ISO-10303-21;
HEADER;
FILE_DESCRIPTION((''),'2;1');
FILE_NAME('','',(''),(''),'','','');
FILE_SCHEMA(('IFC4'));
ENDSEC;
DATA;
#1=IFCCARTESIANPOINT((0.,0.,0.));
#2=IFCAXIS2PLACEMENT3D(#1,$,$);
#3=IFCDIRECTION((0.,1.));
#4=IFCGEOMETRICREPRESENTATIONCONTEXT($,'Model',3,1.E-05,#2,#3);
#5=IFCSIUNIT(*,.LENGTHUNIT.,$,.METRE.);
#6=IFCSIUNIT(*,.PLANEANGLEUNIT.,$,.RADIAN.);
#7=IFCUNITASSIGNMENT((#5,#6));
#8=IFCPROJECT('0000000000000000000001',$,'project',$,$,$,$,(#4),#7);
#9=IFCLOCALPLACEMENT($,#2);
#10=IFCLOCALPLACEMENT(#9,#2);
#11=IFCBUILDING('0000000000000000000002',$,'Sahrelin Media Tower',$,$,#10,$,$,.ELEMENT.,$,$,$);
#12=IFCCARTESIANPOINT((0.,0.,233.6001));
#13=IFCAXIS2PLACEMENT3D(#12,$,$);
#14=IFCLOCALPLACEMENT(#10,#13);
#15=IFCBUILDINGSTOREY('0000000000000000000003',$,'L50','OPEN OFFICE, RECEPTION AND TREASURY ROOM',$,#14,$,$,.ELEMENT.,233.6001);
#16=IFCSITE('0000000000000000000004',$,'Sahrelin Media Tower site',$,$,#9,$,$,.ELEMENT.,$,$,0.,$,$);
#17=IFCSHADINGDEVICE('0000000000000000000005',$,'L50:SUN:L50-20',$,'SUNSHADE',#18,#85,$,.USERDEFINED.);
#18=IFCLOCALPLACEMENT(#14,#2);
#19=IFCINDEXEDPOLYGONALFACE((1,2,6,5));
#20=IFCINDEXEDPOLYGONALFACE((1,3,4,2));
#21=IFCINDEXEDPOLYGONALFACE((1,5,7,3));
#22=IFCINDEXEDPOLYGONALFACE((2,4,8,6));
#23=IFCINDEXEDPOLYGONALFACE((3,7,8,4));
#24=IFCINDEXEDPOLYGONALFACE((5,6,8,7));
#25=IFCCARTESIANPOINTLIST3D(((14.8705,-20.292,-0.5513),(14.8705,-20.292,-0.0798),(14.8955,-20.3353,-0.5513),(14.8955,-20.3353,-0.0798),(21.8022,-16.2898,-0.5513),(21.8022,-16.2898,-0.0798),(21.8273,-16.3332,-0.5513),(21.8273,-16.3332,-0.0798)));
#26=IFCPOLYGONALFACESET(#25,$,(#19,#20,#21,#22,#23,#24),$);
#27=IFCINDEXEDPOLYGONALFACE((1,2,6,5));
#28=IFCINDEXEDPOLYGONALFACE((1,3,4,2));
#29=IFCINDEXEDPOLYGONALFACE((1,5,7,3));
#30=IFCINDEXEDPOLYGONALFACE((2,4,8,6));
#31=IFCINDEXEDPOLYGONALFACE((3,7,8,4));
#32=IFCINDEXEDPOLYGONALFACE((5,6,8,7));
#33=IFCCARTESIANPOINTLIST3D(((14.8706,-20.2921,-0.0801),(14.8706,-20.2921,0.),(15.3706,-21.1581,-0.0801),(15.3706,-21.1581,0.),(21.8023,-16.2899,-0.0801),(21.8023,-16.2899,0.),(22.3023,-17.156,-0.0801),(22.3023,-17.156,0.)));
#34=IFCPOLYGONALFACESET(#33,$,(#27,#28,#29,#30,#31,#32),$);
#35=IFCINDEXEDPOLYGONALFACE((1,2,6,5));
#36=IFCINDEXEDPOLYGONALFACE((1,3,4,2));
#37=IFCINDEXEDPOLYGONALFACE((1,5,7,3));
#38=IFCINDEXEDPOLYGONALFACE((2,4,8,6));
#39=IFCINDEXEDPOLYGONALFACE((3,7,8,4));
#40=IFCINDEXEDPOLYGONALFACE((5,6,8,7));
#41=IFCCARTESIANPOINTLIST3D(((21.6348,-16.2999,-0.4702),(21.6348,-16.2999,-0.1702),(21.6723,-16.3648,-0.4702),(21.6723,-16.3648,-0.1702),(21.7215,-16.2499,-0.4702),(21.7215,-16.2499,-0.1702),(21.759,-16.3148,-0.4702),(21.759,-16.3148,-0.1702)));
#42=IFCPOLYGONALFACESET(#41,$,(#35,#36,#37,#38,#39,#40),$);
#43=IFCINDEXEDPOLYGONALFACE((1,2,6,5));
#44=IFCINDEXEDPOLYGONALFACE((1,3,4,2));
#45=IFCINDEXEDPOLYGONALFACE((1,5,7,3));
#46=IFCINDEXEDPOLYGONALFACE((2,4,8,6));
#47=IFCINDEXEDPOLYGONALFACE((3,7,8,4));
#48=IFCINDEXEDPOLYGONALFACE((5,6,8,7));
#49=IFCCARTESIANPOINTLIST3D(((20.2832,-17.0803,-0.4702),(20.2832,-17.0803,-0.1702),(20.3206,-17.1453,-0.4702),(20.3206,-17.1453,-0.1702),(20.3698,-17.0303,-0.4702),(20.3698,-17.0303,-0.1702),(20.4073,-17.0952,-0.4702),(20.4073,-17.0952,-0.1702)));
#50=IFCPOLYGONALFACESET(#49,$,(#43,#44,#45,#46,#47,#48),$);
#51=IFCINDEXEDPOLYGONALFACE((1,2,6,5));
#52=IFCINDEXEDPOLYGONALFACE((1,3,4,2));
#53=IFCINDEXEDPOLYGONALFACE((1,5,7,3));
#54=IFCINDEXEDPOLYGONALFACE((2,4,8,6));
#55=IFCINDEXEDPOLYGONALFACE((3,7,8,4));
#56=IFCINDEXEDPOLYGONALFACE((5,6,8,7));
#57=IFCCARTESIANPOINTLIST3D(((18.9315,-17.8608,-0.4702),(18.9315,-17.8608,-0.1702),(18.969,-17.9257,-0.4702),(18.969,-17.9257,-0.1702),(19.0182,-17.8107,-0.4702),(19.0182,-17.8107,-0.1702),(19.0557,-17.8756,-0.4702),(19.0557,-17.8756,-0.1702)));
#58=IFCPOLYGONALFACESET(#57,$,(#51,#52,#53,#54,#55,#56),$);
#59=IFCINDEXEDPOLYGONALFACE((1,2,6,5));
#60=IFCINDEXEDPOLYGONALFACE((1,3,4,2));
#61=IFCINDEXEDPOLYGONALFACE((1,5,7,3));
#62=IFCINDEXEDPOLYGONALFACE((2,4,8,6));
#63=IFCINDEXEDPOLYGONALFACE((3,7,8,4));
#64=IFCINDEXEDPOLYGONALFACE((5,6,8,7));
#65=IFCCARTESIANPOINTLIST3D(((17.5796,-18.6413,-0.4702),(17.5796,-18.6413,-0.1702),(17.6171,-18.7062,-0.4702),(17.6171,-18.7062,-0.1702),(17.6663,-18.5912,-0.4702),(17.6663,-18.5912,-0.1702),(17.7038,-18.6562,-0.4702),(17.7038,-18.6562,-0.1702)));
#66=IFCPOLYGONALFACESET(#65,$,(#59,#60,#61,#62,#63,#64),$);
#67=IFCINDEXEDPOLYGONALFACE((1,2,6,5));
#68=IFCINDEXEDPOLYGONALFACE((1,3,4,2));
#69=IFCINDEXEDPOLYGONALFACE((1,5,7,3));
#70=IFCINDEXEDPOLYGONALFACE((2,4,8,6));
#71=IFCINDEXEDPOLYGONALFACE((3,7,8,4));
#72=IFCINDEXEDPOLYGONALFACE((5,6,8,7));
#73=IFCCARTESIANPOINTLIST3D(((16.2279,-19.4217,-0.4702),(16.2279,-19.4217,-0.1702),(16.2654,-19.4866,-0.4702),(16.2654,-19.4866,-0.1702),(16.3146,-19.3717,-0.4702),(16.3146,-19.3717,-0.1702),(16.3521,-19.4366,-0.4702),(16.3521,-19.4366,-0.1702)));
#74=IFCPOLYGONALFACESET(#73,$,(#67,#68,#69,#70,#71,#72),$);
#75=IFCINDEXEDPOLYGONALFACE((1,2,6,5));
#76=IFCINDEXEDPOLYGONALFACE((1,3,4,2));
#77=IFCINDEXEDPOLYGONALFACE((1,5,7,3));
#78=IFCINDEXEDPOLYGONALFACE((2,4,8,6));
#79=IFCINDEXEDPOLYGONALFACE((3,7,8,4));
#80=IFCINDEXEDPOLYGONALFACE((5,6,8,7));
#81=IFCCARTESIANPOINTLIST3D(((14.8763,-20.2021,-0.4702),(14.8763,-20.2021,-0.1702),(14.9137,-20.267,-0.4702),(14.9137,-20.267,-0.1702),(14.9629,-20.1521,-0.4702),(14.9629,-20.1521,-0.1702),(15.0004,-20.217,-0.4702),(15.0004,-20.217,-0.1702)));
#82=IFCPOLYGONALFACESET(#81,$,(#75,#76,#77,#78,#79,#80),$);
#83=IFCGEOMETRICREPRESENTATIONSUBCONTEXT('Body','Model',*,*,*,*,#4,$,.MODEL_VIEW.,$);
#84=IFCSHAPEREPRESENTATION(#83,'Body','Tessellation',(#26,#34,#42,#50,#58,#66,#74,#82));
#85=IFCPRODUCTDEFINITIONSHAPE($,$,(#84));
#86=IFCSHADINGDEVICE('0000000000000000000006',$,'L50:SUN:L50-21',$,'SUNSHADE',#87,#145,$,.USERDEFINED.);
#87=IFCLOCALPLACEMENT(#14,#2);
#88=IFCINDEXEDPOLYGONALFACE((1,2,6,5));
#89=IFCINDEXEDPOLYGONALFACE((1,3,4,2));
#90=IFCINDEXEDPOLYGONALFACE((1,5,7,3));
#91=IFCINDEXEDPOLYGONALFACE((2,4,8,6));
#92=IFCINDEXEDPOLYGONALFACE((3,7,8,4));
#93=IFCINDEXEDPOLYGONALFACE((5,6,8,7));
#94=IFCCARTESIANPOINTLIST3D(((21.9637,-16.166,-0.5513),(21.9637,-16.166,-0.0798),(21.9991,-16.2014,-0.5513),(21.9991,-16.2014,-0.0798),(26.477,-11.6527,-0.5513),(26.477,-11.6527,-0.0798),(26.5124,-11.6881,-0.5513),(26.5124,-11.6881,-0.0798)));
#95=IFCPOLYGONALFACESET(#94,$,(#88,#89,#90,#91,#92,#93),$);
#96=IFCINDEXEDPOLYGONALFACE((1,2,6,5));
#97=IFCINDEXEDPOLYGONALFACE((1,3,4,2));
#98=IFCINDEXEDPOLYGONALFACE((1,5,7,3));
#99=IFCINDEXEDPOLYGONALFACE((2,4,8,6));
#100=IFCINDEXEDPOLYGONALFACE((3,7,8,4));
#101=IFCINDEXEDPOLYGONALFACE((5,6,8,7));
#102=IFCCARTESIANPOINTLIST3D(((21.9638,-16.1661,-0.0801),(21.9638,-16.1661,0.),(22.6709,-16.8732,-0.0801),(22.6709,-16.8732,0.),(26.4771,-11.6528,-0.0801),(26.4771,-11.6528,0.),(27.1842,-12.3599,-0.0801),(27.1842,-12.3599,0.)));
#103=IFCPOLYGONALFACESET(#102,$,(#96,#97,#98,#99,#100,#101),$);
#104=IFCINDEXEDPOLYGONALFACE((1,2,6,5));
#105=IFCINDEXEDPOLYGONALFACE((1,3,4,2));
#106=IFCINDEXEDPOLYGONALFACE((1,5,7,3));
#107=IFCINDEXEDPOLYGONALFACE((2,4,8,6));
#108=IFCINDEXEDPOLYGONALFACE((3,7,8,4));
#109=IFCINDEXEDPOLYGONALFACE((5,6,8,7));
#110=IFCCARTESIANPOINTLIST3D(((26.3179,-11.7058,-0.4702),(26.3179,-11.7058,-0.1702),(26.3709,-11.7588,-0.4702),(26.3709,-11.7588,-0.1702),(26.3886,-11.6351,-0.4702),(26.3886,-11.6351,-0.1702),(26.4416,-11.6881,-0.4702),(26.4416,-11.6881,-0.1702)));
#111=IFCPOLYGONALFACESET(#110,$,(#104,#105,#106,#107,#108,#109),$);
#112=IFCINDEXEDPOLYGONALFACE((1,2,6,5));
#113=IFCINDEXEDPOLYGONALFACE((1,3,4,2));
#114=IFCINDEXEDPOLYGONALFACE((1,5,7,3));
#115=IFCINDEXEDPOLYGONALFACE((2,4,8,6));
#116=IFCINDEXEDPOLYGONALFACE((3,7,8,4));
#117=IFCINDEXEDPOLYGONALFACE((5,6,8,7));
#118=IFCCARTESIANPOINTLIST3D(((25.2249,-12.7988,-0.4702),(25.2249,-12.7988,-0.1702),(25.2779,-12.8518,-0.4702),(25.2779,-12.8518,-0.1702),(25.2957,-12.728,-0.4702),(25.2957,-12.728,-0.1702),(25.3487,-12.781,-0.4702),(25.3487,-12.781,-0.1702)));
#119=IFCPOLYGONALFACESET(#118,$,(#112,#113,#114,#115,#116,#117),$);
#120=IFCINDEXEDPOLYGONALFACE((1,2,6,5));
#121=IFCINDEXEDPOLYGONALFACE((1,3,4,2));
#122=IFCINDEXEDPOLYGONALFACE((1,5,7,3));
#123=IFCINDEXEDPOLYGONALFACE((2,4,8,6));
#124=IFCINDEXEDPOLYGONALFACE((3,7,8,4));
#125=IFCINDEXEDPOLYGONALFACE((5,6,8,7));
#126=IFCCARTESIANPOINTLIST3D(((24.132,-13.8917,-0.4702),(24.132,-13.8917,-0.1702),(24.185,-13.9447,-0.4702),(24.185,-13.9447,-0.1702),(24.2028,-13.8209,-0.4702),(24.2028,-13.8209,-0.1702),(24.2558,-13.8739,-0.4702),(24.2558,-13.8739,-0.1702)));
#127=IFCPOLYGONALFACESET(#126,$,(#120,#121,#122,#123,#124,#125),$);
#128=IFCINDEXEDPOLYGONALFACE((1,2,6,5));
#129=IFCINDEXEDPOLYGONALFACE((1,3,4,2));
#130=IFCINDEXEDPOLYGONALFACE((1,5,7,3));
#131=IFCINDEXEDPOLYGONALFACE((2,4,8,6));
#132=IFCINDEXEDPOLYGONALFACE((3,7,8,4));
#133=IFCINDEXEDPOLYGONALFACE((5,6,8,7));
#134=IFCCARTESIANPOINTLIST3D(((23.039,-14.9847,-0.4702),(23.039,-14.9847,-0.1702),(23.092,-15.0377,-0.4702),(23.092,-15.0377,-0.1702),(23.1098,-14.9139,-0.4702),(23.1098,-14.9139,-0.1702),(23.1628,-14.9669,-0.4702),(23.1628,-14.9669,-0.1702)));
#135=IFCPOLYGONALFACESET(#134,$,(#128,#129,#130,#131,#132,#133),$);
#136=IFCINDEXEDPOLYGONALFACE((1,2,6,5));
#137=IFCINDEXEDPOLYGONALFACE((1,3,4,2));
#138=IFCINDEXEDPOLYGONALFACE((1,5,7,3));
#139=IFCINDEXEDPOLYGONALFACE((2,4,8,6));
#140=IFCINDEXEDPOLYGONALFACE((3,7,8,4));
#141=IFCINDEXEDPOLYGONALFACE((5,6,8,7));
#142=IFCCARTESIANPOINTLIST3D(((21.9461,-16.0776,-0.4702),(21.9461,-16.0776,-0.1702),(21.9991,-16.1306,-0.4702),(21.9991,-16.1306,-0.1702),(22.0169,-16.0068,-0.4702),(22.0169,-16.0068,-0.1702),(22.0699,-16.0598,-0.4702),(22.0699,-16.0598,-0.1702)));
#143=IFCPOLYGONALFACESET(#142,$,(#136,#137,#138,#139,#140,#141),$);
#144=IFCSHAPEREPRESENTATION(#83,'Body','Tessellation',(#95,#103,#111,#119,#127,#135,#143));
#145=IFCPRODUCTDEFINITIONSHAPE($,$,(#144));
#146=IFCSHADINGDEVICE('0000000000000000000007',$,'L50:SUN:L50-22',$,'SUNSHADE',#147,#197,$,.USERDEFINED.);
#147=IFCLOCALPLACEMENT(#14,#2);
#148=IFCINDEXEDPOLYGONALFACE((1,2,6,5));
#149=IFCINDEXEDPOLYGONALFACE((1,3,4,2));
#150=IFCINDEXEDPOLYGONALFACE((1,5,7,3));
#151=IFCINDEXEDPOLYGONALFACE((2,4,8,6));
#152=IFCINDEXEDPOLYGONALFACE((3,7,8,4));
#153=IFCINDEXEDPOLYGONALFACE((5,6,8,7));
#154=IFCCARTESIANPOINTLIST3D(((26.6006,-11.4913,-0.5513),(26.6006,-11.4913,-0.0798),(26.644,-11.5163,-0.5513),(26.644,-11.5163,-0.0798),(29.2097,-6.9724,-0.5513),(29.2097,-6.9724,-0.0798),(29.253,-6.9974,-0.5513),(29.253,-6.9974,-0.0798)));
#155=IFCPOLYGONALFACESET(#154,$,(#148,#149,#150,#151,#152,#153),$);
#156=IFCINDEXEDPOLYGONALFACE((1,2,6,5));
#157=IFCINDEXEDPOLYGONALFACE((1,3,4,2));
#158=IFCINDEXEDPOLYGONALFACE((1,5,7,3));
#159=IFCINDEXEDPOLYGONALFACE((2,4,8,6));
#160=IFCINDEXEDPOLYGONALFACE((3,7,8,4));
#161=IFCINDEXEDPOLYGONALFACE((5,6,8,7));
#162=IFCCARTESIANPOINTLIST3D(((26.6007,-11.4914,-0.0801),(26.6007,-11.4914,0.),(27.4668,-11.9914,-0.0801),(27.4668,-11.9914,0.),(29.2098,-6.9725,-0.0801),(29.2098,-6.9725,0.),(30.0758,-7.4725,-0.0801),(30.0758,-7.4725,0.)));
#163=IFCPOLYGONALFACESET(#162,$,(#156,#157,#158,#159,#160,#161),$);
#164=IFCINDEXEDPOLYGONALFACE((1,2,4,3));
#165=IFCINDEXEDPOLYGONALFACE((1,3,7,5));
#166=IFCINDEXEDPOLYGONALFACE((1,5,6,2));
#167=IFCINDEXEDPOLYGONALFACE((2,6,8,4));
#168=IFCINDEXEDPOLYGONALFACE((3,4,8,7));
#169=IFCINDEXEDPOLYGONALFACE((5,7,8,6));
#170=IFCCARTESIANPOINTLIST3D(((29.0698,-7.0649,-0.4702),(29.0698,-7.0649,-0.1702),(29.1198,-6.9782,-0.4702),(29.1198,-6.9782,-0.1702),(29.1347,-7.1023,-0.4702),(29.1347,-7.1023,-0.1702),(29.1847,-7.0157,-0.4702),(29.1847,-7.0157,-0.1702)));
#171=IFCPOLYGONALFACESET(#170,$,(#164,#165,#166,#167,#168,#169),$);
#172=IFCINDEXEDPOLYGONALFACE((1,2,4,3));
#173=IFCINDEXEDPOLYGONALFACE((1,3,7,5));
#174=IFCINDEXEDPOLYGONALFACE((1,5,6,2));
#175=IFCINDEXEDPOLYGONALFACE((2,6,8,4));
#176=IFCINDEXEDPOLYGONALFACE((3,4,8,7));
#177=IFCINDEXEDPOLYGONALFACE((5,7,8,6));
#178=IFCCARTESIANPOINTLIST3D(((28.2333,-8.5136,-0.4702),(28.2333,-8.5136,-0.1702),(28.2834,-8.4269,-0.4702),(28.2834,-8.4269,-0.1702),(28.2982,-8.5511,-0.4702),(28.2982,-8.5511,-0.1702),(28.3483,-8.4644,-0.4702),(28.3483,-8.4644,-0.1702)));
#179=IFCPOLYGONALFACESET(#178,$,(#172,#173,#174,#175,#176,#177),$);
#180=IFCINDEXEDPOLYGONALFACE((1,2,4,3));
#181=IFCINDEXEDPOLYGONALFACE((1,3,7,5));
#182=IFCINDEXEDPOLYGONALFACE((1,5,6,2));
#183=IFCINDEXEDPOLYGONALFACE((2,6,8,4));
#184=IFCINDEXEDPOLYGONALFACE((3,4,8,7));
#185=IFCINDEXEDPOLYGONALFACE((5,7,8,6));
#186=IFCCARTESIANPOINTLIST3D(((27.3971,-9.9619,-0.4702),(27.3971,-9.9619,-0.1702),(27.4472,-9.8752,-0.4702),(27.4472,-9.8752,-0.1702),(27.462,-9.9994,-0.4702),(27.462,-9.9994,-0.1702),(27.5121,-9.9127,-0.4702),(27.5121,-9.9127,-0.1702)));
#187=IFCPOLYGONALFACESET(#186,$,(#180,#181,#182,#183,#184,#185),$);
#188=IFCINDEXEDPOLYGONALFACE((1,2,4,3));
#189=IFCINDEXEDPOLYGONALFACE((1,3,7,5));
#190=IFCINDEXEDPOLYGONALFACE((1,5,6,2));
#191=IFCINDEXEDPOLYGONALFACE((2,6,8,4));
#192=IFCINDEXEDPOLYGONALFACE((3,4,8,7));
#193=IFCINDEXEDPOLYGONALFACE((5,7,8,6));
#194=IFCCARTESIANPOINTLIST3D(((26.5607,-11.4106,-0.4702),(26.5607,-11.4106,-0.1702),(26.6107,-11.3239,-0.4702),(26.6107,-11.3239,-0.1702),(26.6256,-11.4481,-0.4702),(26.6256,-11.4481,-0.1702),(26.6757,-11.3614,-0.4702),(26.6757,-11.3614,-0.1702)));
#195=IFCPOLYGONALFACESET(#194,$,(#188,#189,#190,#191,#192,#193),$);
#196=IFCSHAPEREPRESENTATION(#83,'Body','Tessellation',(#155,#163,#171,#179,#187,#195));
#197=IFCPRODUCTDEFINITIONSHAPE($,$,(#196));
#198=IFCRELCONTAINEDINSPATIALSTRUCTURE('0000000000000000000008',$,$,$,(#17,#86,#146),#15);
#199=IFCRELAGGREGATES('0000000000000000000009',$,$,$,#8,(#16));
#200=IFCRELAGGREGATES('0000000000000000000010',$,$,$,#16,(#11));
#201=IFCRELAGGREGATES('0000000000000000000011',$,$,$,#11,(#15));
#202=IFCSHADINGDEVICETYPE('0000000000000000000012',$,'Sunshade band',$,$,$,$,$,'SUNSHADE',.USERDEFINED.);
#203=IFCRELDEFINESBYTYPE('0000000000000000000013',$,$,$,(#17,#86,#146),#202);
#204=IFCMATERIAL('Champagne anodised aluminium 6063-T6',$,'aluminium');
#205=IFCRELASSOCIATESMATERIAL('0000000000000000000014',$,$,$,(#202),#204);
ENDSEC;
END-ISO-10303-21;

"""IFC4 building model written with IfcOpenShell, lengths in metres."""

from ifc_helpers import new_model, si_unit, direction, frame, origin, origin_2d, place, context, subcontext, project, spatial, rectangle, extrude, material, type_object, element, save


model = new_model("IFC4")

# Units and contexts
model_context = context("Model", 3, precision=1e-05, world=origin(), true_north=direction((0.0, 1.0)))
body_context = subcontext(model_context, "Body", "Model", "MODEL_VIEW")
ifc_project = project(units=[si_unit("LENGTHUNIT", "METRE"), si_unit("PLANEANGLEUNIT", "RADIAN")], contexts=[model_context])

# Site, building, storey
site_placement = place(None, origin())
site = spatial("IfcSite", under=ifc_project, at=site_placement, Name="Sahrelin Media Tower site", CompositionType="ELEMENT", RefElevation=0.0)
building_placement = place(site_placement, origin())
building = spatial("IfcBuilding", under=site, at=building_placement, Name="Sahrelin Media Tower", CompositionType="ELEMENT")
storey_placement = place(building_placement, frame((0.0, 0.0, 233.6001)))
storey = spatial("IfcBuildingStorey", under=building, at=storey_placement, Name="L50", Description="OPEN OFFICE, RECEPTION AND TREASURY ROOM", CompositionType="ELEMENT", Elevation=233.6001)

# Shared definitions
ifc_material_1 = material(Name="Champagne anodised aluminium 6063-T6", Category="aluminium")

# Shading devices
placement_1 = place(storey_placement, frame((18.3264, -18.2737, 0.0), z_axis=(0.0, 0.0, 1.0), x_axis=(-0.866019, -0.500011, 0.0)))
placement_2 = place(storey_placement, frame((24.2063, -13.8953, 0.0), z_axis=(0.0, 0.0, 1.0), x_axis=(-0.707107, -0.707107, 0.0)))
placement_3 = place(storey_placement, frame((27.8879, -9.2219, 0.0), z_axis=(0.0, 0.0, 1.0), x_axis=(-0.500011, -0.866019, 0.0)))
shading_device_type_1 = type_object("IfcShadingDeviceType", Name="Sunshade band", ElementType="SUNSHADE", PredefinedType="USERDEFINED", material=ifc_material_1)
element("IfcShadingDevice", 1, at=placement_1, inside=storey, type_object=shading_device_type_1, Name="L50:SUN:L50-20", ObjectType="SUNSHADE", PredefinedType="USERDEFINED", context=body_context, shape_type="SweptSolid", body=[
    extrude(rectangle(XDim=8.0042, YDim=0.05, at=origin_2d()), frame((0.0, 0.0449, -0.5513)), (0.0, 0.0, 1.0), 0.4714),
    extrude(rectangle(XDim=8.0042, YDim=1.0, at=origin_2d()), frame((0.0, 0.52, -0.0801)), (0.0, 0.0, 1.0), 0.0801),
    extrude(rectangle(XDim=0.1001, YDim=0.075, at=origin_2d()), frame((-3.9021, -0.0176, -0.4702)), (0.0, 0.0, 1.0), 0.3),
    extrude(rectangle(XDim=0.1001, YDim=0.075, at=origin_2d()), frame((-2.3413, -0.0176, -0.4702)), (0.0, 0.0, 1.0), 0.3),
    extrude(rectangle(XDim=0.1001, YDim=0.075, at=origin_2d()), frame((-0.7805, -0.0176, -0.4702)), (0.0, 0.0, 1.0), 0.3),
    extrude(rectangle(XDim=0.1001, YDim=0.075, at=origin_2d()), frame((0.7805, -0.0176, -0.4702)), (0.0, 0.0, 1.0), 0.3),
    extrude(rectangle(XDim=0.1001, YDim=0.075, at=origin_2d()), frame((2.3413, -0.0176, -0.4702)), (0.0, 0.0, 1.0), 0.3),
    extrude(rectangle(XDim=0.1001, YDim=0.075, at=origin_2d()), frame((3.9021, -0.0176, -0.4702)), (0.0, 0.0, 1.0), 0.3),
])
element("IfcShadingDevice", 2, at=placement_2, inside=storey, type_object=shading_device_type_1, Name="L50:SUN:L50-21", ObjectType="SUNSHADE", PredefinedType="USERDEFINED", context=body_context, shape_type="SweptSolid", body=[
    extrude(rectangle(XDim=6.3828, YDim=0.05, at=origin_2d()), frame((0.0, 0.0449, -0.5513)), (0.0, 0.0, 1.0), 0.4714),
    extrude(rectangle(XDim=6.3828, YDim=1.0, at=origin_2d()), frame((0.0, 0.52, -0.0801)), (0.0, 0.0, 1.0), 0.0801),
    extrude(rectangle(XDim=0.1001, YDim=0.075, at=origin_2d()), frame((-3.0913, -0.0176, -0.4702)), (0.0, 0.0, 1.0), 0.3),
    extrude(rectangle(XDim=0.1001, YDim=0.075, at=origin_2d()), frame((-1.5457, -0.0176, -0.4702)), (0.0, 0.0, 1.0), 0.3),
    extrude(rectangle(XDim=0.1001, YDim=0.075, at=origin_2d()), frame((0.0, -0.0176, -0.4702)), (0.0, 0.0, 1.0), 0.3),
    extrude(rectangle(XDim=0.1001, YDim=0.075, at=origin_2d()), frame((1.5457, -0.0176, -0.4702)), (0.0, 0.0, 1.0), 0.3),
    extrude(rectangle(XDim=0.1001, YDim=0.075, at=origin_2d()), frame((3.0913, -0.0176, -0.4702)), (0.0, 0.0, 1.0), 0.3),
])
element("IfcShadingDevice", 3, at=placement_3, inside=storey, type_object=shading_device_type_1, Name="L50:SUN:L50-22", ObjectType="SUNSHADE", PredefinedType="USERDEFINED", context=body_context, shape_type="SweptSolid", body=[
    extrude(rectangle(XDim=5.218, YDim=0.05, at=origin_2d()), frame((0.0, 0.0449, -0.5513)), (0.0, 0.0, 1.0), 0.4714),
    extrude(rectangle(XDim=5.218, YDim=1.0, at=origin_2d()), frame((0.0, 0.52, -0.0801)), (0.0, 0.0, 1.0), 0.0801),
    extrude(rectangle(XDim=0.1001, YDim=0.075, at=origin_2d()), frame((-2.509, -0.0176, -0.4702)), (0.0, 0.0, 1.0), 0.3),
    extrude(rectangle(XDim=0.1001, YDim=0.075, at=origin_2d()), frame((-0.8362, -0.0176, -0.4702)), (0.0, 0.0, 1.0), 0.3),
    extrude(rectangle(XDim=0.1001, YDim=0.075, at=origin_2d()), frame((0.8362, -0.0176, -0.4702)), (0.0, 0.0, 1.0), 0.3),
    extrude(rectangle(XDim=0.1001, YDim=0.075, at=origin_2d()), frame((2.509, -0.0176, -0.4702)), (0.0, 0.0, 1.0), 0.3),
])

save(model, "model.ifc")
